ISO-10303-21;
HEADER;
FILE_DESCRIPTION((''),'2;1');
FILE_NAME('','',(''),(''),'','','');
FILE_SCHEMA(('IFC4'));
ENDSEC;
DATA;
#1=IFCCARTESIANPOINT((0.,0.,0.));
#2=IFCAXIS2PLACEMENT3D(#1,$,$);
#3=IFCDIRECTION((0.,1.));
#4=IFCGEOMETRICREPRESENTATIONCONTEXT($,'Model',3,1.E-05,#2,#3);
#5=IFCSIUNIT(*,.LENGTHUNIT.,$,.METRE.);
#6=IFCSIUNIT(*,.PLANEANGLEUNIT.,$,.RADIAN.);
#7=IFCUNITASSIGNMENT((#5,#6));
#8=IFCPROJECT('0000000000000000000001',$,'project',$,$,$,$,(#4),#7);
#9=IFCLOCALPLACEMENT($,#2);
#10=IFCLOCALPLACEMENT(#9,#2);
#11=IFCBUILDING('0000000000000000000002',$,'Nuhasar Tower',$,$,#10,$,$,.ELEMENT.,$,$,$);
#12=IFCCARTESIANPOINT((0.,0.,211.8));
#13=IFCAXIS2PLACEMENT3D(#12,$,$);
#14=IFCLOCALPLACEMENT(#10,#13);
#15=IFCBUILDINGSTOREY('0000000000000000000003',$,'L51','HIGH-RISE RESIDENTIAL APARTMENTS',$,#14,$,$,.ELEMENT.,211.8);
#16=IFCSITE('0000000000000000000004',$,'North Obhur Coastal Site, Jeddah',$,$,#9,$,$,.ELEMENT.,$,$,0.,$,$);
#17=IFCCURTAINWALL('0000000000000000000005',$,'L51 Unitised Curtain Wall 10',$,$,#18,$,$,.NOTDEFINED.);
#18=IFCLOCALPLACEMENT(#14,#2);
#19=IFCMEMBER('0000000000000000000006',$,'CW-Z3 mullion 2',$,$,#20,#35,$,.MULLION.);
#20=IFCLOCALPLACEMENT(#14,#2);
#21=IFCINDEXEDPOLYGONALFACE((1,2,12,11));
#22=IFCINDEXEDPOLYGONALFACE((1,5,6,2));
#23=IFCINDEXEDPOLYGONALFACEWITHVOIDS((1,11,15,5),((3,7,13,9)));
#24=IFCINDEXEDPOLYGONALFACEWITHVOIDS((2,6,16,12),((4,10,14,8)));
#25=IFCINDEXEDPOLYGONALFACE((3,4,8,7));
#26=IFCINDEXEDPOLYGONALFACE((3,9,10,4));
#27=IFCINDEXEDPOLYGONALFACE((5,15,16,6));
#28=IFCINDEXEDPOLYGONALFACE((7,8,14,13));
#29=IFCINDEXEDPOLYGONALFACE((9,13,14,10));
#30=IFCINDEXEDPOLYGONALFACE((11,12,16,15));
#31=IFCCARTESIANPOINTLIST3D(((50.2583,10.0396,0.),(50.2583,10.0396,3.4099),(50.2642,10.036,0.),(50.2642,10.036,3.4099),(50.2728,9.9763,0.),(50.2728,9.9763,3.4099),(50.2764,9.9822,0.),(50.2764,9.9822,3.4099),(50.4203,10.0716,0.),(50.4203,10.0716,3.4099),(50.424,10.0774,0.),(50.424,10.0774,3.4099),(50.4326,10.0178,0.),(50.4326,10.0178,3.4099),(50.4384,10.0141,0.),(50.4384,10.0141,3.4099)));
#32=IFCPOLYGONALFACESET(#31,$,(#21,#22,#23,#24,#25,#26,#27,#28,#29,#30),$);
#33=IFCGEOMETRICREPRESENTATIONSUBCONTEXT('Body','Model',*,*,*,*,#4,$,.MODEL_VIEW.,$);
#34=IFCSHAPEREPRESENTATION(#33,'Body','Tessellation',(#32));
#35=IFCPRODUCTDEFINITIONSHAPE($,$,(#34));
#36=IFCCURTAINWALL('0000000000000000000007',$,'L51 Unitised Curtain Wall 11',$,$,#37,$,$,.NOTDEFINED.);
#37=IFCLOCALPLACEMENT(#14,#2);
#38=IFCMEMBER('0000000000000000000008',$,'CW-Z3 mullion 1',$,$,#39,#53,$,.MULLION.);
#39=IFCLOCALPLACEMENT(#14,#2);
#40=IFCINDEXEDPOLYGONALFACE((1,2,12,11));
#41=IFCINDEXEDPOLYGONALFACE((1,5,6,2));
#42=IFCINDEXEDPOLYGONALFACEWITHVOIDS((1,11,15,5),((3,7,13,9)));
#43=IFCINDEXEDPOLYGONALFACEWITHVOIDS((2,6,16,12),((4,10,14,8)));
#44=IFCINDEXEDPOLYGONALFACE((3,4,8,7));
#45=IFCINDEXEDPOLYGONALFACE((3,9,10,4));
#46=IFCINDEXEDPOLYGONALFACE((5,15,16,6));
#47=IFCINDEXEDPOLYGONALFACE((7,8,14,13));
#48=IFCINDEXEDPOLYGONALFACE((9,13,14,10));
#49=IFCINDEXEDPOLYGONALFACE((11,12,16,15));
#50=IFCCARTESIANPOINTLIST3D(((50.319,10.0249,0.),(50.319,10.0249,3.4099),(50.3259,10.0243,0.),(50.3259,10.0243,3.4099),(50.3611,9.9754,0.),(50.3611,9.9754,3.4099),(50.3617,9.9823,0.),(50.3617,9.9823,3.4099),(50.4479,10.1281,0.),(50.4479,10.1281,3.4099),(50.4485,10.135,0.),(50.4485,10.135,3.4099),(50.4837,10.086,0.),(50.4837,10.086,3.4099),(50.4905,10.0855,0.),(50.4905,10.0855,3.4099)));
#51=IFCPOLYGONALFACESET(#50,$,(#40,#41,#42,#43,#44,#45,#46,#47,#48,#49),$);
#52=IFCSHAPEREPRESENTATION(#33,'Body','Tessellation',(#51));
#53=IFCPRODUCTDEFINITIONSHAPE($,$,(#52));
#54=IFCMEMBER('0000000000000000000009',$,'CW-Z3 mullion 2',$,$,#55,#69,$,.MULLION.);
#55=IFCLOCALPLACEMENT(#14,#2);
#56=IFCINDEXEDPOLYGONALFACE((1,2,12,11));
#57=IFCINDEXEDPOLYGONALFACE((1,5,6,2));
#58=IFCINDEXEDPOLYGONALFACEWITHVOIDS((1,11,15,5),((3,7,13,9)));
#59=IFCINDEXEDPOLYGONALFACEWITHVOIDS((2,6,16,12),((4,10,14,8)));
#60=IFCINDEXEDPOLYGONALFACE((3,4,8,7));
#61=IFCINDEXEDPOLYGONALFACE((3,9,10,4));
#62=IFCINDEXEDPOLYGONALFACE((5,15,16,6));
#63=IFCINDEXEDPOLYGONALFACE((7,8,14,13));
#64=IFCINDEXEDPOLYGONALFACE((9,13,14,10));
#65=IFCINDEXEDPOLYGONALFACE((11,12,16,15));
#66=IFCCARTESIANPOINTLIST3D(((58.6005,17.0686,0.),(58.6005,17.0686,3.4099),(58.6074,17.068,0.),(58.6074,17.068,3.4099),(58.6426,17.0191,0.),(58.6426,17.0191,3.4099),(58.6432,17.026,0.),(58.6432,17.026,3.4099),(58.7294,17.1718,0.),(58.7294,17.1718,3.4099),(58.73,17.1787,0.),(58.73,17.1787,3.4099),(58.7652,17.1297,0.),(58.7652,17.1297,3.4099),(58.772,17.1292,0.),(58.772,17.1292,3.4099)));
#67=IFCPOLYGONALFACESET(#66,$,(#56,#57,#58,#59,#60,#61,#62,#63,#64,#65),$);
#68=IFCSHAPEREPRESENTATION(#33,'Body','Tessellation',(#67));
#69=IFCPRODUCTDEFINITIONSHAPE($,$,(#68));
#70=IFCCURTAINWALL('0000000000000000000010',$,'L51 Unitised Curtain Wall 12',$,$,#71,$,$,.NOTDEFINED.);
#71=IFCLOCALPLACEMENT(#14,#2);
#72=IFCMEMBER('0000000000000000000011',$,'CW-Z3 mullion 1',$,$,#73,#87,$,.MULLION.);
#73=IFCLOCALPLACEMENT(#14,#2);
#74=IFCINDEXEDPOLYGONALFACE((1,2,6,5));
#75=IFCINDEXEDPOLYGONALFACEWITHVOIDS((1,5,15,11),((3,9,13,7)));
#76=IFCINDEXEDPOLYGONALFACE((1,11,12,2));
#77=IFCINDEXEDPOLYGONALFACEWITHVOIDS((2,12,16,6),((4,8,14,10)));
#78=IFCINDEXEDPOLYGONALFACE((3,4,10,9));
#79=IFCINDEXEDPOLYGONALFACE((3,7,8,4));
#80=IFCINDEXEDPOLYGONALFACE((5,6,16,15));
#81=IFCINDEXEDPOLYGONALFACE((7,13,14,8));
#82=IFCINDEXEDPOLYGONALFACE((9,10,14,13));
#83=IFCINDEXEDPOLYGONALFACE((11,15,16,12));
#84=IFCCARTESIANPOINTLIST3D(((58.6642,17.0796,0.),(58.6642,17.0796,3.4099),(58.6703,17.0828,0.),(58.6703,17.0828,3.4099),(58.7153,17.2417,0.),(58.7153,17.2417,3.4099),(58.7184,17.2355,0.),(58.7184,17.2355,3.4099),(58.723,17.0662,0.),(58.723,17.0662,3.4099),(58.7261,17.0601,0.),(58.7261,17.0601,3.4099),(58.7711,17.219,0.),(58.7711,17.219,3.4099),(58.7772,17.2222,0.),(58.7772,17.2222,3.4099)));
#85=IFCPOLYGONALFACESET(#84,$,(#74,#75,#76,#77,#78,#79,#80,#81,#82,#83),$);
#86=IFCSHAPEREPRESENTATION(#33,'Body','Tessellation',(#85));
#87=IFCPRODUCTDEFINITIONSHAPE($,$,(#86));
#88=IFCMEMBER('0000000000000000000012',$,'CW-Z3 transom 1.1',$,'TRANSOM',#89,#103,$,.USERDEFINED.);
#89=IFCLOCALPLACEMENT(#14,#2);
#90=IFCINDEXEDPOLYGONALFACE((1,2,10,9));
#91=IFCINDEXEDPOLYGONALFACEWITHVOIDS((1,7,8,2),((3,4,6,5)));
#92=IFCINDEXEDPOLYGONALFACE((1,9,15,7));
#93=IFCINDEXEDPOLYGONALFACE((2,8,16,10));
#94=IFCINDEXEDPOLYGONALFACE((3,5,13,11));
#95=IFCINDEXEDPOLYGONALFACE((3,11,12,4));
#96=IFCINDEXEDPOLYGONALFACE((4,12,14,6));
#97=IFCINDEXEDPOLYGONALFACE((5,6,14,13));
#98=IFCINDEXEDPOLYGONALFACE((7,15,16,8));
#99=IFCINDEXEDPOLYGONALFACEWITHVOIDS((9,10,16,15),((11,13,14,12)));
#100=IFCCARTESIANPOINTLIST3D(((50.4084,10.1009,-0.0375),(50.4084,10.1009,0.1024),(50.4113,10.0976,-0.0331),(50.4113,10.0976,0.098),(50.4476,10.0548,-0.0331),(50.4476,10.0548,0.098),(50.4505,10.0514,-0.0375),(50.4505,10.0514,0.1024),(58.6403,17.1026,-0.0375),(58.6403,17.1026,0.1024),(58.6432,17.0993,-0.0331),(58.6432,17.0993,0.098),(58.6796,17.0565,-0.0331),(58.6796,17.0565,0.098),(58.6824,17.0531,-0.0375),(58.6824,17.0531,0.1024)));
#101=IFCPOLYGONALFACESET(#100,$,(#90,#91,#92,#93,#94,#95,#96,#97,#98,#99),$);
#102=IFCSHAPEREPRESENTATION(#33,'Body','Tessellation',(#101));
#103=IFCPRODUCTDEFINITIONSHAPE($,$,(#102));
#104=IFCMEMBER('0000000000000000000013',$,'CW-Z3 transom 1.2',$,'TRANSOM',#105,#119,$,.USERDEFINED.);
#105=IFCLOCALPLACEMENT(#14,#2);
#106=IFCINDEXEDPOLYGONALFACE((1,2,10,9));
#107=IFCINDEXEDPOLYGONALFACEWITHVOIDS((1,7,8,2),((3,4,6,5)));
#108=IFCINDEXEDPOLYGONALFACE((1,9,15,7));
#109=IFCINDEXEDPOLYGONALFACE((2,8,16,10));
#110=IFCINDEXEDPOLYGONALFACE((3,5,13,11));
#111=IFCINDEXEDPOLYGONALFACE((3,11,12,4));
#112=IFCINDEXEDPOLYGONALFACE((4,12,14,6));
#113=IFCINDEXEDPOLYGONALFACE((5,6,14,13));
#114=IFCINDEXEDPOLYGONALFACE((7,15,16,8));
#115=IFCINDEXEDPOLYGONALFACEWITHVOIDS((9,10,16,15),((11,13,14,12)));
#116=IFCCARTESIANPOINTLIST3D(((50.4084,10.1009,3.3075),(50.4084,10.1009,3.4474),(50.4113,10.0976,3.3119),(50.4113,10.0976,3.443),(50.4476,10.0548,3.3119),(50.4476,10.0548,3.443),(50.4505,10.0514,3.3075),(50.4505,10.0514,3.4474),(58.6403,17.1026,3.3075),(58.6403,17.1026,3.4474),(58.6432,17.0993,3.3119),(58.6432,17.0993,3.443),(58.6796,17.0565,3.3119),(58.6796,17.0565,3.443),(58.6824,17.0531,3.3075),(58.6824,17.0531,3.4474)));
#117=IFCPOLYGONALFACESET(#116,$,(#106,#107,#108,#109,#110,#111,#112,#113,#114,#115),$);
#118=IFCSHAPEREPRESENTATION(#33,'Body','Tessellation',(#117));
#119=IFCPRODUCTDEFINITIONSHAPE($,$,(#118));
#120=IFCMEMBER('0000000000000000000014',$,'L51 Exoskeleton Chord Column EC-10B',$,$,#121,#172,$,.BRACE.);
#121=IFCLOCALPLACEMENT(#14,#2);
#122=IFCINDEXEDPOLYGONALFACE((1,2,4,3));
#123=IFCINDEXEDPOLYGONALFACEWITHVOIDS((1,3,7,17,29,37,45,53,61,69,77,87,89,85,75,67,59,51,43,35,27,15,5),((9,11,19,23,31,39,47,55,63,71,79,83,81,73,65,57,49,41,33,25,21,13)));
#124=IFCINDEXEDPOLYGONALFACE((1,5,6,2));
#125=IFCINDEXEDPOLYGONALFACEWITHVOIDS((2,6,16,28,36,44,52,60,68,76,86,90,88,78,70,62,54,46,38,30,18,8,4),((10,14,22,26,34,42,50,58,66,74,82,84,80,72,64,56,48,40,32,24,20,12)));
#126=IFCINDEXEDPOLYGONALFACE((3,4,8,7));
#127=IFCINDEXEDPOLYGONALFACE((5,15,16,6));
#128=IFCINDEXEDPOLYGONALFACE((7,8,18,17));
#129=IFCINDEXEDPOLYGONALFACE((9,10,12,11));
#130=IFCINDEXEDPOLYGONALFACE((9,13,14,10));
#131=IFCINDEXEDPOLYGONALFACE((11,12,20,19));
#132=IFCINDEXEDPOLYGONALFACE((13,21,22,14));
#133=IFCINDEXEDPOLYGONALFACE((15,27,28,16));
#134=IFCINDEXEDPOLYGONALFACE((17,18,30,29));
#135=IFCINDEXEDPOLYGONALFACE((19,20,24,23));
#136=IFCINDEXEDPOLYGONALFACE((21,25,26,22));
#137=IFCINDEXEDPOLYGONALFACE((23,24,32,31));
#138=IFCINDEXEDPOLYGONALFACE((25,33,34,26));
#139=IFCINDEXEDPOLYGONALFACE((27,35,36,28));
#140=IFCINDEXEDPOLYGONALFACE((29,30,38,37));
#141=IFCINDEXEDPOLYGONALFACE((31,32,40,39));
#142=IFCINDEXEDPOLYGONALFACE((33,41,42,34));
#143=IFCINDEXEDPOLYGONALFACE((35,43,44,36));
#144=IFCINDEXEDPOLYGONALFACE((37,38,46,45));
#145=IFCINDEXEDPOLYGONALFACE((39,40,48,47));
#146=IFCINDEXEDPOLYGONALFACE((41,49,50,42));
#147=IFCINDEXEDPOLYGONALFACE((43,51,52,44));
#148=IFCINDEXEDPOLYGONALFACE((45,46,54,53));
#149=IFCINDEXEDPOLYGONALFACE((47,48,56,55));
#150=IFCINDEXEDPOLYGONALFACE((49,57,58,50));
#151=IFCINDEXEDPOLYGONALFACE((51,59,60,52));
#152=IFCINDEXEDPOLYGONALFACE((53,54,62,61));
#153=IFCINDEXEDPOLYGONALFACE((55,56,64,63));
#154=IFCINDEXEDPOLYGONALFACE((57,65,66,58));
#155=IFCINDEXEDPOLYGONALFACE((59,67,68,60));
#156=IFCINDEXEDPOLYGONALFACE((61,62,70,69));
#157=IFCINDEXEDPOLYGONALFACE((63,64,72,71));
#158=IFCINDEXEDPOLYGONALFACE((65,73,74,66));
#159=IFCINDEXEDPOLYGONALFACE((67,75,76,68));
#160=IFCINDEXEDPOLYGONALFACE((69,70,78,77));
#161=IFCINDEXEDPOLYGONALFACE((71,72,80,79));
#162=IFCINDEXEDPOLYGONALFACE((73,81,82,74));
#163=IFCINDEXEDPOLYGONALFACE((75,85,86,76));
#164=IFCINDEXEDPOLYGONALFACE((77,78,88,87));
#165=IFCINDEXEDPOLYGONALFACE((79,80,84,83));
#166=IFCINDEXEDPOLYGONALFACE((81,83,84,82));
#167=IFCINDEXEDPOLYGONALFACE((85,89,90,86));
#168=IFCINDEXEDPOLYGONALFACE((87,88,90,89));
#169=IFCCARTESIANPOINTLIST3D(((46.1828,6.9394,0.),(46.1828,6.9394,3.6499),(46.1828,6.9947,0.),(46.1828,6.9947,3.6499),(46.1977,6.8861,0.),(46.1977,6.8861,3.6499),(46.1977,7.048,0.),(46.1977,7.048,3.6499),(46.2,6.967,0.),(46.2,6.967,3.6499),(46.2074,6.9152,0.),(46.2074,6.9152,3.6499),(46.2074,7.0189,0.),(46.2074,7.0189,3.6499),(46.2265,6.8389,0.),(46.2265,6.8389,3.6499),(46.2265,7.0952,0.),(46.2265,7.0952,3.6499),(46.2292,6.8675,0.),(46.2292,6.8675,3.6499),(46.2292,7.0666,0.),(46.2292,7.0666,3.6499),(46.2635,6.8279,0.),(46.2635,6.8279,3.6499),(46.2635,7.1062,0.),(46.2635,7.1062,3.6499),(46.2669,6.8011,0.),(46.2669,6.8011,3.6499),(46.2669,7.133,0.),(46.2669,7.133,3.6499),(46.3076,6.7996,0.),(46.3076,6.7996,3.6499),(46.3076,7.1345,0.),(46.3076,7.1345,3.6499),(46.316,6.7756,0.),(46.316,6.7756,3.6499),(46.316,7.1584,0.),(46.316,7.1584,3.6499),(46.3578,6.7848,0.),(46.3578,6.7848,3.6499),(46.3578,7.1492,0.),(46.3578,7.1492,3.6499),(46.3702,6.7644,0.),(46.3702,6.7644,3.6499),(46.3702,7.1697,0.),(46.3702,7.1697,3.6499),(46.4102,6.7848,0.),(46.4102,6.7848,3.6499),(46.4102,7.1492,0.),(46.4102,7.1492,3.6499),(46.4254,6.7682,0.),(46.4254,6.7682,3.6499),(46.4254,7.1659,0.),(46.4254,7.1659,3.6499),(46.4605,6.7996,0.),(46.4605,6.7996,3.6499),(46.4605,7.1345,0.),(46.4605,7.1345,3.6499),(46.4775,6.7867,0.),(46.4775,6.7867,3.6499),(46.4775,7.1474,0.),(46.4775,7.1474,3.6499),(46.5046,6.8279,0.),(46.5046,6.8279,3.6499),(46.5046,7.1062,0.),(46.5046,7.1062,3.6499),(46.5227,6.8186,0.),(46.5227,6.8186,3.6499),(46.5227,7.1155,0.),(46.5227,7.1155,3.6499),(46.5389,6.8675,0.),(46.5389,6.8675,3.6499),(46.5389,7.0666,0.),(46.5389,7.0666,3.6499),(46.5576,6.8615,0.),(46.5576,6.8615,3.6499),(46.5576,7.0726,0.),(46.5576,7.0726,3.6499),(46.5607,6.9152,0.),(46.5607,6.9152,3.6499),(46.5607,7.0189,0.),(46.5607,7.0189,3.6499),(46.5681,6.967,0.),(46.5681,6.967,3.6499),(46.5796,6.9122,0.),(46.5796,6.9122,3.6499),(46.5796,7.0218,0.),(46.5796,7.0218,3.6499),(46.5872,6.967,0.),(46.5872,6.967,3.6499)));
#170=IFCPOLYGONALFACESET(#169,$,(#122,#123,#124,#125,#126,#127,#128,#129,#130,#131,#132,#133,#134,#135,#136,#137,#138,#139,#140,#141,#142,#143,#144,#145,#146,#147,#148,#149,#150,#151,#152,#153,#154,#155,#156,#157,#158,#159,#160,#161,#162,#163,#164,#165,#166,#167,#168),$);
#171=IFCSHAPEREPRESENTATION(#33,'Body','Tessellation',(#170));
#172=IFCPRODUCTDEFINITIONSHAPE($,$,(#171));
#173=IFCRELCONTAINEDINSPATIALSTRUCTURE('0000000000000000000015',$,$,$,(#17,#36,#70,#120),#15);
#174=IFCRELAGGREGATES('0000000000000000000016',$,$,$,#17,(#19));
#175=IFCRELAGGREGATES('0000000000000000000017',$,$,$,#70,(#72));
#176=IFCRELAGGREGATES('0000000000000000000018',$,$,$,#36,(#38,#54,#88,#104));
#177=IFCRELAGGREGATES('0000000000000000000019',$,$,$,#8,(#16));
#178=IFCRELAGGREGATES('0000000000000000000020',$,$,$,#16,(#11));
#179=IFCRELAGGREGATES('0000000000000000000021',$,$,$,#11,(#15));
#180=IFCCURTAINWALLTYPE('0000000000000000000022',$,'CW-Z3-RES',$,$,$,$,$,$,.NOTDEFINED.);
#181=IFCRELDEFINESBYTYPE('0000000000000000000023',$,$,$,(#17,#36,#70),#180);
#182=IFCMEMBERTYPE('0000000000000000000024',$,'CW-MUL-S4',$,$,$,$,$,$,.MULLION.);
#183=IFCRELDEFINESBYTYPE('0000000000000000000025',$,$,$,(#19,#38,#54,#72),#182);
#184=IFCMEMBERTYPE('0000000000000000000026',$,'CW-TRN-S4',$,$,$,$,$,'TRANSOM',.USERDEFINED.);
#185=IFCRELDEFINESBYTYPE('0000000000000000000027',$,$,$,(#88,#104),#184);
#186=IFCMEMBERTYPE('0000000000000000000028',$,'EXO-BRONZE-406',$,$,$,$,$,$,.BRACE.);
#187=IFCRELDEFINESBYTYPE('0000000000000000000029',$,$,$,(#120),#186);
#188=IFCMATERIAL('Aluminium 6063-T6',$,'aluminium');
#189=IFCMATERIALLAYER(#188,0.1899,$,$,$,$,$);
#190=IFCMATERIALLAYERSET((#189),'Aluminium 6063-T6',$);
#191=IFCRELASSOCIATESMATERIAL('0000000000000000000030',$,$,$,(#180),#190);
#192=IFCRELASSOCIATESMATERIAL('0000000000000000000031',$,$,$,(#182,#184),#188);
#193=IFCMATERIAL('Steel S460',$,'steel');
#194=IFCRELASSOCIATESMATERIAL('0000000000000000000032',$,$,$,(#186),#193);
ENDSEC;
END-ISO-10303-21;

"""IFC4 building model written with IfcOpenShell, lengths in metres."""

from ifc_helpers import new_model, si_unit, direction, frame, origin, origin_2d, place, context, subcontext, project, spatial, hollow_rectangle, hollow_circle, extrude, material, layer, layer_set, material_profile, profile_set, type_object, element, aggregate, save


model = new_model("IFC4")

# Units and contexts
model_context = context("Model", 3, precision=1e-05, world=origin(), true_north=direction((0.0, 1.0)))
body_context = subcontext(model_context, "Body", "Model", "MODEL_VIEW")
ifc_project = project(units=[si_unit("LENGTHUNIT", "METRE"), si_unit("PLANEANGLEUNIT", "RADIAN")], contexts=[model_context])

# Site, building, storey
site_placement = place(None, origin())
site = spatial("IfcSite", under=ifc_project, at=site_placement, Name="North Obhur Coastal Site, Jeddah", CompositionType="ELEMENT", RefElevation=0.0)
building_placement = place(site_placement, origin())
building = spatial("IfcBuilding", under=site, at=building_placement, Name="Nuhasar Tower", CompositionType="ELEMENT")
storey_placement = place(building_placement, frame((0.0, 0.0, 211.8)))
storey = spatial("IfcBuildingStorey", under=building, at=storey_placement, Name="L51", Description="HIGH-RISE RESIDENTIAL APARTMENTS", CompositionType="ELEMENT", Elevation=211.8)

# Curtain wall, member
ifc_material_1 = material(Name="Aluminium 6063-T6", Category="aluminium")
ifc_layer_1 = layer(ifc_material_1, 0.1899)
ifc_layer_set_1 = layer_set([ifc_layer_1], Name="Aluminium 6063-T6")
curtain_wall_type = type_object("IfcCurtainWallType", Name="CW-Z3-RES", PredefinedType="NOTDEFINED", material=ifc_layer_set_1)
curtain_wall_1_placement = place(storey_placement, origin())
curtain_wall_1 = element("IfcCurtainWall", 1, at=curtain_wall_1_placement, inside=storey, type_object=curtain_wall_type, Name="L51 Unitised Curtain Wall 10", PredefinedType="NOTDEFINED")
ifc_material_profile_1 = material_profile(ifc_material_1, hollow_rectangle(XDim=0.0649, YDim=0.1699, WallThickness=0.0049, at=origin_2d()), Name="CWM-4")
ifc_profile_set_1 = profile_set([ifc_material_profile_1], Name="Aluminium 6063-T6")
member_type_1 = type_object("IfcMemberType", Name="CW-MUL-S4", PredefinedType="MULLION", material=ifc_profile_set_1)
member_1_placement = place(storey_placement, frame((50.3484, 10.0269, 0.0), z_axis=(0.0, 0.0, 1.0), x_axis=(-0.222243, 0.974991, 0.0)))
member_1 = element("IfcMember", 2, at=member_1_placement, type_object=member_type_1, Name="CW-Z3 mullion 2", PredefinedType="MULLION", context=body_context, shape_type="SweptSolid", body=[
    extrude(hollow_rectangle(XDim=0.0649, YDim=0.1699, WallThickness=0.0049, at=origin_2d()), origin(), (0.0, 0.0, 1.0), 3.4099),
])
aggregate(curtain_wall_1, [member_1])

# Curtain wall, members
curtain_wall_2_placement = place(storey_placement, origin())
curtain_wall_2 = element("IfcCurtainWall", 3, at=curtain_wall_2_placement, inside=storey, type_object=curtain_wall_type, Name="L51 Unitised Curtain Wall 11", PredefinedType="NOTDEFINED")
member_2_placement = place(storey_placement, frame((50.4048, 10.0552, 0.0), z_axis=(0.0, 0.0, 1.0), x_axis=(-0.647895, 0.761729, 0.0)))
member_2 = element("IfcMember", 4, at=member_2_placement, type_object=member_type_1, Name="CW-Z3 mullion 1", PredefinedType="MULLION", context=body_context, shape_type="SweptSolid", body=[
    extrude(hollow_rectangle(XDim=0.0649, YDim=0.1699, WallThickness=0.0049, at=origin_2d()), origin(), (0.0, 0.0, 1.0), 3.4099),
])
member_3_placement = place(storey_placement, frame((58.6863, 17.0989, 0.0), z_axis=(0.0, 0.0, 1.0), x_axis=(-0.647895, 0.761729, 0.0)))
member_3 = element("IfcMember", 5, at=member_3_placement, type_object=member_type_1, Name="CW-Z3 mullion 2", PredefinedType="MULLION", context=body_context, shape_type="SweptSolid", body=[
    extrude(hollow_rectangle(XDim=0.0649, YDim=0.1699, WallThickness=0.0049, at=origin_2d()), origin(), (0.0, 0.0, 1.0), 3.4099),
])

# Curtain wall, member
curtain_wall_3_placement = place(storey_placement, origin())
curtain_wall_3 = element("IfcCurtainWall", 6, at=curtain_wall_3_placement, inside=storey, type_object=curtain_wall_type, Name="L51 Unitised Curtain Wall 12", PredefinedType="NOTDEFINED")
member_4_placement = place(storey_placement, frame((58.7207, 17.1509, 0.0), z_axis=(0.0, 0.0, 1.0), x_axis=(-0.953804, 0.300429, 0.0)))
member_4 = element("IfcMember", 7, at=member_4_placement, type_object=member_type_1, Name="CW-Z3 mullion 1", PredefinedType="MULLION", context=body_context, shape_type="SweptSolid", body=[
    extrude(hollow_rectangle(XDim=0.0649, YDim=0.1699, WallThickness=0.0049, at=origin_2d()), origin(), (0.0, 0.0, 1.0), 3.4099),
])
aggregate(curtain_wall_3, [member_4])

# Members
ifc_material_profile_2 = material_profile(ifc_material_1, hollow_rectangle(XDim=0.0649, YDim=0.1399, WallThickness=0.0044, at=origin_2d()), Name="CWT-4")
ifc_profile_set_2 = profile_set([ifc_material_profile_2], Name="Aluminium 6063-T6")
member_type_2 = type_object("IfcMemberType", Name="CW-TRN-S4", ElementType="TRANSOM", PredefinedType="USERDEFINED", material=ifc_profile_set_2)
member_5_placement = place(storey_placement, frame((50.4294, 10.0762, 0.0325), z_axis=(0.761731, 0.647894, 0.0), x_axis=(-0.647894, 0.761731, 0.0)))
member_5 = element("IfcMember", 8, at=member_5_placement, type_object=member_type_2, Name="CW-Z3 transom 1.1", ObjectType="TRANSOM", PredefinedType="USERDEFINED", context=body_context, shape_type="SweptSolid", body=[
    extrude(hollow_rectangle(XDim=0.0649, YDim=0.1399, WallThickness=0.0044, at=origin_2d()), origin(), (0.0, 0.0, 1.0), 10.8069),
])
member_6_placement = place(storey_placement, frame((50.4294, 10.0762, 3.3774), z_axis=(0.761731, 0.647894, 0.0), x_axis=(-0.647894, 0.761731, 0.0)))
member_6 = element("IfcMember", 9, at=member_6_placement, type_object=member_type_2, Name="CW-Z3 transom 1.2", ObjectType="TRANSOM", PredefinedType="USERDEFINED", context=body_context, shape_type="SweptSolid", body=[
    extrude(hollow_rectangle(XDim=0.0649, YDim=0.1399, WallThickness=0.0044, at=origin_2d()), origin(), (0.0, 0.0, 1.0), 10.8069),
])

# Member
ifc_material_2 = material(Name="Steel S460", Category="steel")
ifc_material_profile_3 = material_profile(ifc_material_2, hollow_circle(Radius=0.2031, WallThickness=0.019, at=origin_2d()), Name="HSS406.4X19.1")
ifc_profile_set_3 = profile_set([ifc_material_profile_3], Name="Steel S460")
member_type_3 = type_object("IfcMemberType", Name="EXO-BRONZE-406", PredefinedType="BRACE", material=ifc_profile_set_3)
for number, where, z_axis, x_axis, name in (
    (10, (46.384, 6.967, 0.0), (0.0, 0.0, 1.0), (1.0, 0.0, 0.0), "L51 Exoskeleton Chord Column EC-10B"),
):
    element("IfcMember", number, at=place(storey_placement, frame(where, z_axis=z_axis, x_axis=x_axis)), inside=storey, type_object=member_type_3, Name=name, PredefinedType="BRACE", context=body_context, shape_type="SweptSolid", body=[
        extrude(hollow_circle(Radius=0.2031, WallThickness=0.019, at=origin_2d()), origin(), (0.0, 0.0, 1.0), 3.6499),
    ])

aggregate(curtain_wall_2, [member_2, member_3, member_5, member_6])

save(model, "model.ifc")
